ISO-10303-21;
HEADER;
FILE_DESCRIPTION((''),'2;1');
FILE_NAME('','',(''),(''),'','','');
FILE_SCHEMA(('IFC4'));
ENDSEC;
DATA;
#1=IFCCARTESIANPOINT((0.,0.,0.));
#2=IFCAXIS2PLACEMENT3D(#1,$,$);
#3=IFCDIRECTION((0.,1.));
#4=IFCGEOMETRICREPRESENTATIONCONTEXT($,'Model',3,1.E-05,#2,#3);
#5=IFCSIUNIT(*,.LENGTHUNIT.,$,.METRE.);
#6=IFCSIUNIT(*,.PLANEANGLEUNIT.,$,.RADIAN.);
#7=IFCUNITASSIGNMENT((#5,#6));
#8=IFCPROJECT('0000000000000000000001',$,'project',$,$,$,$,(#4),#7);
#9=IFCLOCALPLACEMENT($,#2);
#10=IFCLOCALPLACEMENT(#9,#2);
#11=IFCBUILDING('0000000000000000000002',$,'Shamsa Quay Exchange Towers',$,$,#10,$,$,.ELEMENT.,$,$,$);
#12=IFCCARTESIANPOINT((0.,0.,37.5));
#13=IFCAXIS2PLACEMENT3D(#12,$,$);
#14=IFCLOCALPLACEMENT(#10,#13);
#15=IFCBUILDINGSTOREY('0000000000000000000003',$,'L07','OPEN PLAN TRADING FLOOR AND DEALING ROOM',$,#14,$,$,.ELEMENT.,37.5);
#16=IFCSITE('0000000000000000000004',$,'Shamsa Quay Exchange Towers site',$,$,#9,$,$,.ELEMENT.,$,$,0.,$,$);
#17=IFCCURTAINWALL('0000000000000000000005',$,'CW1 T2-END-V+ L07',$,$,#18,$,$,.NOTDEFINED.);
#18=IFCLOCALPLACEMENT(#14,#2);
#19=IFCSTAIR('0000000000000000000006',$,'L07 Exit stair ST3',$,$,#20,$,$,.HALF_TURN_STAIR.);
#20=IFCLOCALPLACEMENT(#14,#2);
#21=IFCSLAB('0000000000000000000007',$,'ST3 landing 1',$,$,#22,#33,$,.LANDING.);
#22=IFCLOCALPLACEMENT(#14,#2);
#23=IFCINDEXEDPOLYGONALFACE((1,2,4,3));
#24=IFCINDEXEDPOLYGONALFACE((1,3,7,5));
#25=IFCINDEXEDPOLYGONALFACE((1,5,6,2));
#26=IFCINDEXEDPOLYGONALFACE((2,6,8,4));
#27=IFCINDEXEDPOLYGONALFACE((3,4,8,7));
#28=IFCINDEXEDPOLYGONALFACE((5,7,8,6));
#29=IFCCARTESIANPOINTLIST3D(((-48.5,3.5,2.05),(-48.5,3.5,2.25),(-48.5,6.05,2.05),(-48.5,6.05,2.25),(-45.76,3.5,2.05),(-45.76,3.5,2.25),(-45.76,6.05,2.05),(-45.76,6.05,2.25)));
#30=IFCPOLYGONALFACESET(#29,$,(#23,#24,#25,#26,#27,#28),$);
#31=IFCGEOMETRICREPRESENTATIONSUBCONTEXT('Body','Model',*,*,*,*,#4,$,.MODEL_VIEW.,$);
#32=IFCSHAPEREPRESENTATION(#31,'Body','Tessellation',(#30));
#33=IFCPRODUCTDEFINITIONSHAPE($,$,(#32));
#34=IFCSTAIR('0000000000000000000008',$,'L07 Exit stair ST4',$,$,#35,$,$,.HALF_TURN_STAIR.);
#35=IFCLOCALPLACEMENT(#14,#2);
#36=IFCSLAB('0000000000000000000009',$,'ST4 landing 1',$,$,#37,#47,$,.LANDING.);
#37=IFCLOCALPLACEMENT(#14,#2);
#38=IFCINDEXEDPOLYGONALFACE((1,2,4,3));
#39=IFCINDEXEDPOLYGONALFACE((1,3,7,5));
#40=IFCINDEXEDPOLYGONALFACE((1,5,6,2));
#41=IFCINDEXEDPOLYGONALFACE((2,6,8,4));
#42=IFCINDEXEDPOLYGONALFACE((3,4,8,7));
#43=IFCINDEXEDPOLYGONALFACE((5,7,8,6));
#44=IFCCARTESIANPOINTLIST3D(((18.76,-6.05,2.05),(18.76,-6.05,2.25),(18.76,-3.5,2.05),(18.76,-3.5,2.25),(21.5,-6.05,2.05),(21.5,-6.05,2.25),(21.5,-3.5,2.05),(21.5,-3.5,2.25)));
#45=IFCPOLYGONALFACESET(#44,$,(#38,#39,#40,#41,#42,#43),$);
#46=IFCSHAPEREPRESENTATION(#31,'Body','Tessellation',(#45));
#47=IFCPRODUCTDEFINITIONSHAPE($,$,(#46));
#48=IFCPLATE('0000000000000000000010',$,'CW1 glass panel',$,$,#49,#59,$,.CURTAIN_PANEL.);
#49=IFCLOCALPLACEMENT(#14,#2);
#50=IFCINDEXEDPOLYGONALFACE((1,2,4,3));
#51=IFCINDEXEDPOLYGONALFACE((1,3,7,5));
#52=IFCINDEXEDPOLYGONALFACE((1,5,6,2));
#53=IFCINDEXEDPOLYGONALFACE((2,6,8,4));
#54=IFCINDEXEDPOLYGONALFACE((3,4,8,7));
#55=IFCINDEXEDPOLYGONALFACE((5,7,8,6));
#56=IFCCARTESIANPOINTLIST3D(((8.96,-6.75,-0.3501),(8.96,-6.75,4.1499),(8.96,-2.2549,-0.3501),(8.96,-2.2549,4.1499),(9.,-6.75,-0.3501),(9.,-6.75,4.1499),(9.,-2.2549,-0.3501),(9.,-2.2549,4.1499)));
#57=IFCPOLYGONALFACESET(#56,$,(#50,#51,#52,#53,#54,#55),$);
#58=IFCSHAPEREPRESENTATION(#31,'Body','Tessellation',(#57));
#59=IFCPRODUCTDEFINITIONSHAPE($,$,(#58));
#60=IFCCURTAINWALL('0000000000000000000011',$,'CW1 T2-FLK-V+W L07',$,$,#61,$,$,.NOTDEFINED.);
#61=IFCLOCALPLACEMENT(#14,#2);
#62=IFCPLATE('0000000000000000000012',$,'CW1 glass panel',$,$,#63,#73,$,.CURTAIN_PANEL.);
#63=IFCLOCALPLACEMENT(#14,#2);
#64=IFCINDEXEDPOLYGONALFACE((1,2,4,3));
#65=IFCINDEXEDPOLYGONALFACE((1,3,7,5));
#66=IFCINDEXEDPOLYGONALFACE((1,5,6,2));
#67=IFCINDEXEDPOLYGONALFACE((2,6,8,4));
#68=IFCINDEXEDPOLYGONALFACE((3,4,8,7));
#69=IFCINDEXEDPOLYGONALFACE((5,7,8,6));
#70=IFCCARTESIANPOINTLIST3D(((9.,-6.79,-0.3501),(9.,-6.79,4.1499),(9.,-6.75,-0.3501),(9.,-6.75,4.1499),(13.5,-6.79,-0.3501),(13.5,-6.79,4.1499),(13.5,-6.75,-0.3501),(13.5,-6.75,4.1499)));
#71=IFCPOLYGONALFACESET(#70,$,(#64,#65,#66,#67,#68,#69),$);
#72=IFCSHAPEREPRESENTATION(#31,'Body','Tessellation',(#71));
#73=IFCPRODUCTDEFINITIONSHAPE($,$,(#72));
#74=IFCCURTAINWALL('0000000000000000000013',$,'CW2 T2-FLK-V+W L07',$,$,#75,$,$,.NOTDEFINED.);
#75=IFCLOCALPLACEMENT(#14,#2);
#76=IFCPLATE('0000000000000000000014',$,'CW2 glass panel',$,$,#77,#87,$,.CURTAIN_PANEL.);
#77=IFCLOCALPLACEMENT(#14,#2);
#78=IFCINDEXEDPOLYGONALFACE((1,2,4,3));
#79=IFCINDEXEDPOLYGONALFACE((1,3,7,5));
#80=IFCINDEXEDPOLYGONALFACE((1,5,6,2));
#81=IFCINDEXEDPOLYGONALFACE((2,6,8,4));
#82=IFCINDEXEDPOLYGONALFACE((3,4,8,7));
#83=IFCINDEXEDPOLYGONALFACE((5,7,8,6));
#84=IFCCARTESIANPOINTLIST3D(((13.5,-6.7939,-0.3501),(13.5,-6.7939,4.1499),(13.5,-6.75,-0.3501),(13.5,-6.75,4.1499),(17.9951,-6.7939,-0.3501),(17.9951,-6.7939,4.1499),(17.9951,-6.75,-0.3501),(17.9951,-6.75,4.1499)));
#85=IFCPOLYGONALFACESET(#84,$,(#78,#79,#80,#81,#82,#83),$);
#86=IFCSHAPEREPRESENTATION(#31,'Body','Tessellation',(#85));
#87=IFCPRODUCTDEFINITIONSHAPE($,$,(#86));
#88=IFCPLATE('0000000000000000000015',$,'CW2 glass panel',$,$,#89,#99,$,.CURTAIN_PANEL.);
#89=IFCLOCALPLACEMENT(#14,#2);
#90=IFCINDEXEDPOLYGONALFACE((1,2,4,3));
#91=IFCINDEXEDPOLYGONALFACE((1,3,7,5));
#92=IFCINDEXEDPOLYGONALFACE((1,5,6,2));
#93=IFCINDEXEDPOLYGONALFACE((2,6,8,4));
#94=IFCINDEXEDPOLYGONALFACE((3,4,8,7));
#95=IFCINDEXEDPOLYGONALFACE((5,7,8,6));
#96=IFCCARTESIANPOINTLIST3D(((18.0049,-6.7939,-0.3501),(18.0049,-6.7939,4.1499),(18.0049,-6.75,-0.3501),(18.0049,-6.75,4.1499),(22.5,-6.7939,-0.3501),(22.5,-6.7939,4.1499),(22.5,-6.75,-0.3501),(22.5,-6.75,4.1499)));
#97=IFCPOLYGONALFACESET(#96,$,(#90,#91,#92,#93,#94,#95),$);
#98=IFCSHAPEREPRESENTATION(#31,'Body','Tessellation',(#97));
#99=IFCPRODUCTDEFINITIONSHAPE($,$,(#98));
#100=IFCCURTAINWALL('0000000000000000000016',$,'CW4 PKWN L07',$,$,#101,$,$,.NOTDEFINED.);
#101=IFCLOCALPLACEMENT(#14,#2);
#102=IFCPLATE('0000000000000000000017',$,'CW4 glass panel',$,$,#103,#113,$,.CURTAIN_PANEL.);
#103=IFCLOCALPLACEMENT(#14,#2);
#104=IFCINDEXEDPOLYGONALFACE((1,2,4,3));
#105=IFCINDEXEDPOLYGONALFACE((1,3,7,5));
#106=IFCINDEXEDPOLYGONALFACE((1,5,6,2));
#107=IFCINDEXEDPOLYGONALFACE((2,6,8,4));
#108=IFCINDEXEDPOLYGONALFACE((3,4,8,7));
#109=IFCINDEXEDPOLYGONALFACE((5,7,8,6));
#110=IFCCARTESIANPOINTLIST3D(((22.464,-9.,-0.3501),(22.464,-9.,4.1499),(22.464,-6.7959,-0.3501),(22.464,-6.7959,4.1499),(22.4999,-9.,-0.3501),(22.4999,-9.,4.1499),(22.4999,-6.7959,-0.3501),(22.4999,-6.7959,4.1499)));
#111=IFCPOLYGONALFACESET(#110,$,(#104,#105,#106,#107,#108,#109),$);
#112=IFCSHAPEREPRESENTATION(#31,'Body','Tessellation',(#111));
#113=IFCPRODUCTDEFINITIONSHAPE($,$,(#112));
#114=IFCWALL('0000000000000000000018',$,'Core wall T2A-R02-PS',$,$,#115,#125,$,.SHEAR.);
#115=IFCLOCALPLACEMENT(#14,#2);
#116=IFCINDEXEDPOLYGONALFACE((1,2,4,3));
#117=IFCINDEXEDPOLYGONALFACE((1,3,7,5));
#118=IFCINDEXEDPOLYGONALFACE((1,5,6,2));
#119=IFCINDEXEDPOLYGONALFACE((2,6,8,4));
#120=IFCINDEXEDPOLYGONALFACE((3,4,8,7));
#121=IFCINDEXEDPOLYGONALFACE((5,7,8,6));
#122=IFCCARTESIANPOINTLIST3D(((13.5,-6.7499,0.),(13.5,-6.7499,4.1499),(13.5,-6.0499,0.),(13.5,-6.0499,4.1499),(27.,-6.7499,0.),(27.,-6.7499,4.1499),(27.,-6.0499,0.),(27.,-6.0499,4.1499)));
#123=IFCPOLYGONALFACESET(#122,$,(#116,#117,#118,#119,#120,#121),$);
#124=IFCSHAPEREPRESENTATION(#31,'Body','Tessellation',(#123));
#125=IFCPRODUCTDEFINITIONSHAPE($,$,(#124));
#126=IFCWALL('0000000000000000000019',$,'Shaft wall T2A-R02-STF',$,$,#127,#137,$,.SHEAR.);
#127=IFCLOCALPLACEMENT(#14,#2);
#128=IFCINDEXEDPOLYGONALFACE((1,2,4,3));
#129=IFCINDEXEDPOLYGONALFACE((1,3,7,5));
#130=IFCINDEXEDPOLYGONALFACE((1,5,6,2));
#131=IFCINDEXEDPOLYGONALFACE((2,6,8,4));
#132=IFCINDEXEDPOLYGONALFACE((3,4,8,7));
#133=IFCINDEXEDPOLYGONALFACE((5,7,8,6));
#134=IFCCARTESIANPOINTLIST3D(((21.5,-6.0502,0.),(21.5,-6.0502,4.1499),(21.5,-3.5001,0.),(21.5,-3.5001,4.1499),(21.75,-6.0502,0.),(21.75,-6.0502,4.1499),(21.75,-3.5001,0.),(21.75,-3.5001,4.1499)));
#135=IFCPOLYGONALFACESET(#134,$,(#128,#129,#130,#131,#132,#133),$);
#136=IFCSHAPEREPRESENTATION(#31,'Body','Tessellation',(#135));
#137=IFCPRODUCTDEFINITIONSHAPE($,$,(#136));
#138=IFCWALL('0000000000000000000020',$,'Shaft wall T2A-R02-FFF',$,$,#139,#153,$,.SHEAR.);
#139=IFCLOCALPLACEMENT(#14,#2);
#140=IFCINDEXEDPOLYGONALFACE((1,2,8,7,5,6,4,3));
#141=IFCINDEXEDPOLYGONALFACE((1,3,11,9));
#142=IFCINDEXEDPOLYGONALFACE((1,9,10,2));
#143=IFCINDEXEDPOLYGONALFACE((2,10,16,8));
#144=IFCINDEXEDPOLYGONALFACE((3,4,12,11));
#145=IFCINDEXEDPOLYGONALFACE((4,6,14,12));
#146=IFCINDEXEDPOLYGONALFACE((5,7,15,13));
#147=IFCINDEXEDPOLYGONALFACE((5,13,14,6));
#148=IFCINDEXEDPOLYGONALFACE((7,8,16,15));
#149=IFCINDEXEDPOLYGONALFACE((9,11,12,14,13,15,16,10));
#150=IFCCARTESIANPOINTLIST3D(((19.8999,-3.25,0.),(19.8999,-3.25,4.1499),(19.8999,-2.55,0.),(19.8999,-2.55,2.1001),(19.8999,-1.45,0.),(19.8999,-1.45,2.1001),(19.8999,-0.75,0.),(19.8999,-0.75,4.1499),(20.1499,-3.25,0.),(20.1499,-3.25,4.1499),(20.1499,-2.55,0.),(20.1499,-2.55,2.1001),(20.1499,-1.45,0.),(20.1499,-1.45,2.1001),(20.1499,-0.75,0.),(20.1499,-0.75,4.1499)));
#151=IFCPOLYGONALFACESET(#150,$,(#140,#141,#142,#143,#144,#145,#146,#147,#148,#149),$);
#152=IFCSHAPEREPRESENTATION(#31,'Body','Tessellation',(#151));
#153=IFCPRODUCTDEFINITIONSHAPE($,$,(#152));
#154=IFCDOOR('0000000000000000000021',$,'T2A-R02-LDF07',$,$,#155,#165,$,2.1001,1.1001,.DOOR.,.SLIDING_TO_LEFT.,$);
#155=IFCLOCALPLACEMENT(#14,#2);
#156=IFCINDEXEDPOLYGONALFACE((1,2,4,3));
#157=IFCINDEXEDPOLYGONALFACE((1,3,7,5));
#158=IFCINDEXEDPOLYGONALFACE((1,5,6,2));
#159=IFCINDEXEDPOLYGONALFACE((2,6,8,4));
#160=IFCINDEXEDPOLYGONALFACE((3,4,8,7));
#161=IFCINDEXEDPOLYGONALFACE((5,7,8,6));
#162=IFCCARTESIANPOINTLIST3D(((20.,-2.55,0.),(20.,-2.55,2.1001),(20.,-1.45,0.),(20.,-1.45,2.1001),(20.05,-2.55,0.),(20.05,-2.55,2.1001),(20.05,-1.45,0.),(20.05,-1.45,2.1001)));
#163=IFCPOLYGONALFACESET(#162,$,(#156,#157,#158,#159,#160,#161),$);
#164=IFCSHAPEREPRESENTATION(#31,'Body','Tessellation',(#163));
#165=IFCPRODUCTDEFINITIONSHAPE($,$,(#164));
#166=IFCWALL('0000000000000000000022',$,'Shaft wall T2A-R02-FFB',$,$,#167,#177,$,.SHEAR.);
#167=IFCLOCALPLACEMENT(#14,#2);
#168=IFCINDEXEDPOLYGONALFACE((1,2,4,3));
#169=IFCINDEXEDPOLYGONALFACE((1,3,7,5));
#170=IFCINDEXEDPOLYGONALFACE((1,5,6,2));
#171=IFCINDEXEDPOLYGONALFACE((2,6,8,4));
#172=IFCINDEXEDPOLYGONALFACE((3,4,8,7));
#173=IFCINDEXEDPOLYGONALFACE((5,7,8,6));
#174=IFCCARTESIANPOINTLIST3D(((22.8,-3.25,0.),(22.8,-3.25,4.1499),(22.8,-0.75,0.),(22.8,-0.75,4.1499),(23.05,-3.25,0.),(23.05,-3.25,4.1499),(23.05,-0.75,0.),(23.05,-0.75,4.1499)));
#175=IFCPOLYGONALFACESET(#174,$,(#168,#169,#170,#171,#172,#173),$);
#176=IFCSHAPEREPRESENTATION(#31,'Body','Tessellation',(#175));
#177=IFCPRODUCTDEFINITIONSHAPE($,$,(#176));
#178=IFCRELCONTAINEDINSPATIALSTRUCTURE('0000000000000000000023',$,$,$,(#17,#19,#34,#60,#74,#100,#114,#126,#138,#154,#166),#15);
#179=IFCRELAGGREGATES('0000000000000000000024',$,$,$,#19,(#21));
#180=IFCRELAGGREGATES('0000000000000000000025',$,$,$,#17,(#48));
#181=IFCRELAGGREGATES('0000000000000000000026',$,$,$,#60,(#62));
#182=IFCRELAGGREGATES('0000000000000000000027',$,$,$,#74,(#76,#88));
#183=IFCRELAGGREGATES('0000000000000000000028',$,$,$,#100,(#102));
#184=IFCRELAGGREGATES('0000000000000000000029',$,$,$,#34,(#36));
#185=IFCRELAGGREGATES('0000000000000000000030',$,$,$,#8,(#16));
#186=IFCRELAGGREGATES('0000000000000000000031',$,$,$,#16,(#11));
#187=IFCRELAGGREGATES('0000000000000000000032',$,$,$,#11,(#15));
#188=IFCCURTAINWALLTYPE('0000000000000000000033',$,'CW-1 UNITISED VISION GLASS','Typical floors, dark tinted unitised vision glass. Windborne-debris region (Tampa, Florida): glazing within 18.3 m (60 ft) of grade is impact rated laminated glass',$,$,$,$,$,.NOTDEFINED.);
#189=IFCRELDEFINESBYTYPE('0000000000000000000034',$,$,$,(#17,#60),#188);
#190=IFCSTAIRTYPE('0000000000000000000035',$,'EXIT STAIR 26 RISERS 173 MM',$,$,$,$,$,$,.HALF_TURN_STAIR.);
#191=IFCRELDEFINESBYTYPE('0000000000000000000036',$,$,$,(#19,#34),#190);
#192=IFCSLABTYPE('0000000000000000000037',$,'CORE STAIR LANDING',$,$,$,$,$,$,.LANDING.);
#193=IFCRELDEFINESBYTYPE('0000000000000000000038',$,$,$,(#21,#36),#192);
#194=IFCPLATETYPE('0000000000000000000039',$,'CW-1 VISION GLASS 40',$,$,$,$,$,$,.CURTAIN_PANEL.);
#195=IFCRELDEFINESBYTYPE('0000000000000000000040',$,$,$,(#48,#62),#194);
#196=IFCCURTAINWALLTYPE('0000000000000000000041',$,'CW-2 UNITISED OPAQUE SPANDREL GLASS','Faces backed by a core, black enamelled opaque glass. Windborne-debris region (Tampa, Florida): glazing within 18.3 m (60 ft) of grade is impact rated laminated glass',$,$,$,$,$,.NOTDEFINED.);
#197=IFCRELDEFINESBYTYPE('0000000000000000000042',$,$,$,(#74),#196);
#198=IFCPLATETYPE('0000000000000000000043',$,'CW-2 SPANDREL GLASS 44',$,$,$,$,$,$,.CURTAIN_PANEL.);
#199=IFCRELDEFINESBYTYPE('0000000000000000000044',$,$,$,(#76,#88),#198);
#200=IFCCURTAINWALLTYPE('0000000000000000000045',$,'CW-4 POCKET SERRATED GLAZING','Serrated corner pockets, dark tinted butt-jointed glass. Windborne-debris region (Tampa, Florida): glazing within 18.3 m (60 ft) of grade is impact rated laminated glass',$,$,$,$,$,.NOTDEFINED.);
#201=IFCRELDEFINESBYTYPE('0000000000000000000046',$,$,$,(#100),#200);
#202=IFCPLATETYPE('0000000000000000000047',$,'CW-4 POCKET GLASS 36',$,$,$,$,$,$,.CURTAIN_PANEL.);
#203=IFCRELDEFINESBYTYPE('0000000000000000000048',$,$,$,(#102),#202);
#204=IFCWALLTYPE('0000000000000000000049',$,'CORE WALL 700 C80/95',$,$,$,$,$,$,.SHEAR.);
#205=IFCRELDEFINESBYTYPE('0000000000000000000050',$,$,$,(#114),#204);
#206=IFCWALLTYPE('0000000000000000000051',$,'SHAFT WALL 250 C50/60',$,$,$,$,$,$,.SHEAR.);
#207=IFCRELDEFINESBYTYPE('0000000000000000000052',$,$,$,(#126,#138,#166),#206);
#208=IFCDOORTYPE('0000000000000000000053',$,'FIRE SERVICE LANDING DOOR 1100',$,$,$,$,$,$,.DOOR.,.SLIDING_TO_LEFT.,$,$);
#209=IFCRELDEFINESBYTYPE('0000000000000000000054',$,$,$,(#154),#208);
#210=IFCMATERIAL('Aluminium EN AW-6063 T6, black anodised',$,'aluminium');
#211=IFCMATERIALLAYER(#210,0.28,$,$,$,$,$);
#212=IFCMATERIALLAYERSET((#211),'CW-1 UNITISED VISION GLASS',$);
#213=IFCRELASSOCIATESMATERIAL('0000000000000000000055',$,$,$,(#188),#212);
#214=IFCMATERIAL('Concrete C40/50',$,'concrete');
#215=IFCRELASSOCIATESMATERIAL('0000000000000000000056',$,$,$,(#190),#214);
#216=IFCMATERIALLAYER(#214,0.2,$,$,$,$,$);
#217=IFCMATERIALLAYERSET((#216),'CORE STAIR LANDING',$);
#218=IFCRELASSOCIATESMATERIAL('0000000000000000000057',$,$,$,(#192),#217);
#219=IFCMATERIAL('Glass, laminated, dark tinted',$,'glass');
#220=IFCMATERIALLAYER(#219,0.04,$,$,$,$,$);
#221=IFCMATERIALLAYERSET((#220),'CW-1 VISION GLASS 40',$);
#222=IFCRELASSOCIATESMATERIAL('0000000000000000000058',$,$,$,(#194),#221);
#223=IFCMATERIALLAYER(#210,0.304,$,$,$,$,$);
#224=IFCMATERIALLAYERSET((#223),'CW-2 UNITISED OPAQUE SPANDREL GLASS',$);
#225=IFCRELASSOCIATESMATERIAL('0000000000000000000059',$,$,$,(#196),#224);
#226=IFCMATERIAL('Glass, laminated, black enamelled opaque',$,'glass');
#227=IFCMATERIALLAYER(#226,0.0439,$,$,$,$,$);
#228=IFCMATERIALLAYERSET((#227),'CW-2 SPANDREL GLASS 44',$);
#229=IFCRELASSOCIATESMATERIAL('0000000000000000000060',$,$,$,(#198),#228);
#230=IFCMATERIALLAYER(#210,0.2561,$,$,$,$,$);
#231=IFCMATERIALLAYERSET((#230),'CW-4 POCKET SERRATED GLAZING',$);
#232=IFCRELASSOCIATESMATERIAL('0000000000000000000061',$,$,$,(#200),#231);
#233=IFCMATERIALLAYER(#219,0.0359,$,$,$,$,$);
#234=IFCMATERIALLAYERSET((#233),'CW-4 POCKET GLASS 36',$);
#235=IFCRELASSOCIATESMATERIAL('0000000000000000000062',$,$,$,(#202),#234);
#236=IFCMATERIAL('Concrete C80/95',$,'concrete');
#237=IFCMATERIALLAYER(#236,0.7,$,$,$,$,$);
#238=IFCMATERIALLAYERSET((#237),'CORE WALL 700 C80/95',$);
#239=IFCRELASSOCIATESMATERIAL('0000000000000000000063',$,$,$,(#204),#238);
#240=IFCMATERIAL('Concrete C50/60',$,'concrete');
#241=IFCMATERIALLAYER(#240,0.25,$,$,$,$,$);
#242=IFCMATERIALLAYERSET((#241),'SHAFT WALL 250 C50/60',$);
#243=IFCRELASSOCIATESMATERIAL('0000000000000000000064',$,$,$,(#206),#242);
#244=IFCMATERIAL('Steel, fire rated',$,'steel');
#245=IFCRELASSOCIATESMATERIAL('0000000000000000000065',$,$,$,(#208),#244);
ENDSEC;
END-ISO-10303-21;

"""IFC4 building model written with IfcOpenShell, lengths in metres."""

from ifc_helpers import new_model, si_unit, direction, frame, frame_2d, origin, origin_2d, place, context, subcontext, project, spatial, polyline, rectangle, outline, extrude, material, layer, layer_set, type_object, element, fill, aggregate, save


model = new_model("IFC4")

# Units and contexts
model_context = context("Model", 3, precision=1e-05, world=origin(), true_north=direction((0.0, 1.0)))
body_context = subcontext(model_context, "Body", "Model", "MODEL_VIEW")
ifc_project = project(units=[si_unit("LENGTHUNIT", "METRE"), si_unit("PLANEANGLEUNIT", "RADIAN")], contexts=[model_context])

# Site, building, storey
site_placement = place(None, origin())
site = spatial("IfcSite", under=ifc_project, at=site_placement, Name="Shamsa Quay Exchange Towers site", CompositionType="ELEMENT", RefElevation=0.0)
building_placement = place(site_placement, origin())
building = spatial("IfcBuilding", under=site, at=building_placement, Name="Shamsa Quay Exchange Towers", CompositionType="ELEMENT")
storey_placement = place(building_placement, frame((0.0, 0.0, 37.5)))
storey = spatial("IfcBuildingStorey", under=building, at=storey_placement, Name="L07", Description="OPEN PLAN TRADING FLOOR AND DEALING ROOM", CompositionType="ELEMENT", Elevation=37.5)

# Curtain wall
ifc_material_1 = material(Name="Aluminium EN AW-6063 T6, black anodised", Category="aluminium")
ifc_layer_1 = layer(ifc_material_1, 0.28)
ifc_layer_set_1 = layer_set([ifc_layer_1], Name="CW-1 UNITISED VISION GLASS")
curtain_wall_type_1 = type_object("IfcCurtainWallType", Name="CW-1 UNITISED VISION GLASS", Description="Typical floors, dark tinted unitised vision glass. Windborne-debris region (Tampa, Florida): glazing within 18.3 m (60 ft) of grade is impact rated laminated glass", PredefinedType="NOTDEFINED", material=ifc_layer_set_1)
curtain_wall_1_placement = place(storey_placement, origin())
curtain_wall_1 = element("IfcCurtainWall", 1, at=curtain_wall_1_placement, inside=storey, type_object=curtain_wall_type_1, Name="CW1 T2-END-V+ L07", PredefinedType="NOTDEFINED")

# Shared definitions
ifc_material_2 = material(Name="Concrete C50/60", Category="concrete")

# Stairs, slabs
ifc_material_3 = material(Name="Concrete C40/50", Category="concrete")
stair_type = type_object("IfcStairType", Name="EXIT STAIR 26 RISERS 173 MM", PredefinedType="HALF_TURN_STAIR", material=ifc_material_3)
stair_1_placement = place(storey_placement, origin())
stair_1 = element("IfcStair", 2, at=stair_1_placement, inside=storey, type_object=stair_type, Name="L07 Exit stair ST3", PredefinedType="HALF_TURN_STAIR")
ifc_layer_2 = layer(ifc_material_3, 0.2)
ifc_layer_set_2 = layer_set([ifc_layer_2], Name="CORE STAIR LANDING")
slab_type_1 = type_object("IfcSlabType", Name="CORE STAIR LANDING", PredefinedType="LANDING", material=ifc_layer_set_2)
slab_1_placement = place(storey_placement, frame((0.0, 0.0, 2.05)))
slab_1 = element("IfcSlab", 3, at=slab_1_placement, type_object=slab_type_1, Name="ST3 landing 1", PredefinedType="LANDING", context=body_context, shape_type="SweptSolid", body=[
    extrude(outline(polyline([(-45.76, 6.05), (-48.5, 6.05), (-48.5, 3.5), (-45.76, 3.5), (-45.76, 6.05)])), origin(), (0.0, 0.0, 1.0), 0.2),
])
aggregate(stair_1, [slab_1])
stair_2_placement = place(storey_placement, origin())
stair_2 = element("IfcStair", 4, at=stair_2_placement, inside=storey, type_object=stair_type, Name="L07 Exit stair ST4", PredefinedType="HALF_TURN_STAIR")
slab_2_placement = place(storey_placement, frame((0.0, 0.0, 2.05)))
slab_2 = element("IfcSlab", 5, at=slab_2_placement, type_object=slab_type_1, Name="ST4 landing 1", PredefinedType="LANDING", context=body_context, shape_type="SweptSolid", body=[
    extrude(outline(polyline([(18.76, -6.05), (21.5, -6.05), (21.5, -3.5), (18.76, -3.5), (18.76, -6.05)])), origin(), (0.0, 0.0, 1.0), 0.2),
])

# Plate
ifc_material_4 = material(Name="Glass, laminated, dark tinted", Category="glass")
ifc_layer_3 = layer(ifc_material_4, 0.04)
ifc_layer_set_3 = layer_set([ifc_layer_3], Name="CW-1 VISION GLASS 40")
plate_type_1 = type_object("IfcPlateType", Name="CW-1 VISION GLASS 40", PredefinedType="CURTAIN_PANEL", material=ifc_layer_set_3)
plate_1_placement = place(storey_placement, frame((8.98, -4.5024, -0.3501), z_axis=(0.0, 0.0, 1.0), x_axis=(0.0, -1.0, 0.0)))
plate_1 = element("IfcPlate", 6, at=plate_1_placement, type_object=plate_type_1, Name="CW1 glass panel", PredefinedType="CURTAIN_PANEL", context=body_context, shape_type="SweptSolid", body=[
    extrude(rectangle(XDim=4.4951, YDim=0.04, at=origin_2d()), origin(), (0.0, 0.0, 1.0), 4.5),
])
aggregate(curtain_wall_1, [plate_1])

# Curtain wall, plate
curtain_wall_2_placement = place(storey_placement, origin())
curtain_wall_2 = element("IfcCurtainWall", 7, at=curtain_wall_2_placement, inside=storey, type_object=curtain_wall_type_1, Name="CW1 T2-FLK-V+W L07", PredefinedType="NOTDEFINED")
plate_2_placement = place(storey_placement, frame((11.25, -6.77, -0.3501)))
plate_2 = element("IfcPlate", 8, at=plate_2_placement, type_object=plate_type_1, Name="CW1 glass panel", PredefinedType="CURTAIN_PANEL", context=body_context, shape_type="SweptSolid", body=[
    extrude(rectangle(XDim=4.5, YDim=0.04, at=origin_2d()), origin(), (0.0, 0.0, 1.0), 4.5),
])
aggregate(curtain_wall_2, [plate_2])

# Curtain wall, plates
ifc_layer_4 = layer(ifc_material_1, 0.304)
ifc_layer_set_4 = layer_set([ifc_layer_4], Name="CW-2 UNITISED OPAQUE SPANDREL GLASS")
curtain_wall_type_2 = type_object("IfcCurtainWallType", Name="CW-2 UNITISED OPAQUE SPANDREL GLASS", Description="Faces backed by a core, black enamelled opaque glass. Windborne-debris region (Tampa, Florida): glazing within 18.3 m (60 ft) of grade is impact rated laminated glass", PredefinedType="NOTDEFINED", material=ifc_layer_set_4)
curtain_wall_3_placement = place(storey_placement, origin())
curtain_wall_3 = element("IfcCurtainWall", 9, at=curtain_wall_3_placement, inside=storey, type_object=curtain_wall_type_2, Name="CW2 T2-FLK-V+W L07", PredefinedType="NOTDEFINED")
ifc_material_5 = material(Name="Glass, laminated, black enamelled opaque", Category="glass")
ifc_layer_5 = layer(ifc_material_5, 0.0439)
ifc_layer_set_5 = layer_set([ifc_layer_5], Name="CW-2 SPANDREL GLASS 44")
plate_type_2 = type_object("IfcPlateType", Name="CW-2 SPANDREL GLASS 44", PredefinedType="CURTAIN_PANEL", material=ifc_layer_set_5)
plate_3_placement = place(storey_placement, frame((15.7476, -6.772, -0.3501)))
plate_3 = element("IfcPlate", 10, at=plate_3_placement, type_object=plate_type_2, Name="CW2 glass panel", PredefinedType="CURTAIN_PANEL", context=body_context, shape_type="SweptSolid", body=[
    extrude(rectangle(XDim=4.4951, YDim=0.0439, at=origin_2d()), origin(), (0.0, 0.0, 1.0), 4.5),
])
plate_4_placement = place(storey_placement, frame((20.2524, -6.772, -0.3501)))
plate_4 = element("IfcPlate", 11, at=plate_4_placement, type_object=plate_type_2, Name="CW2 glass panel", PredefinedType="CURTAIN_PANEL", context=body_context, shape_type="SweptSolid", body=[
    extrude(rectangle(XDim=4.4951, YDim=0.0439, at=origin_2d()), origin(), (0.0, 0.0, 1.0), 4.5),
])
aggregate(curtain_wall_3, [plate_3, plate_4])

# Curtain wall, plate
ifc_layer_6 = layer(ifc_material_1, 0.2561)
ifc_layer_set_6 = layer_set([ifc_layer_6], Name="CW-4 POCKET SERRATED GLAZING")
curtain_wall_type_3 = type_object("IfcCurtainWallType", Name="CW-4 POCKET SERRATED GLAZING", Description="Serrated corner pockets, dark tinted butt-jointed glass. Windborne-debris region (Tampa, Florida): glazing within 18.3 m (60 ft) of grade is impact rated laminated glass", PredefinedType="NOTDEFINED", material=ifc_layer_set_6)
curtain_wall_4_placement = place(storey_placement, origin())
curtain_wall_4 = element("IfcCurtainWall", 12, at=curtain_wall_4_placement, inside=storey, type_object=curtain_wall_type_3, Name="CW4 PKWN L07", PredefinedType="NOTDEFINED")
ifc_layer_7 = layer(ifc_material_4, 0.0359)
ifc_layer_set_7 = layer_set([ifc_layer_7], Name="CW-4 POCKET GLASS 36")
plate_type_3 = type_object("IfcPlateType", Name="CW-4 POCKET GLASS 36", PredefinedType="CURTAIN_PANEL", material=ifc_layer_set_7)
plate_5_placement = place(storey_placement, frame((22.4819, -7.8979, -0.3501), z_axis=(0.0, 0.0, 1.0), x_axis=(0.0, -1.0, 0.0)))
plate_5 = element("IfcPlate", 13, at=plate_5_placement, type_object=plate_type_3, Name="CW4 glass panel", PredefinedType="CURTAIN_PANEL", context=body_context, shape_type="SweptSolid", body=[
    extrude(rectangle(XDim=2.2041, YDim=0.0359, at=origin_2d()), origin(), (0.0, 0.0, 1.0), 4.5),
])
aggregate(curtain_wall_4, [plate_5])

# Walls
ifc_material_6 = material(Name="Concrete C80/95", Category="concrete")
ifc_layer_8 = layer(ifc_material_6, 0.7)
ifc_layer_set_8 = layer_set([ifc_layer_8], Name="CORE WALL 700 C80/95")
wall_type_1 = type_object("IfcWallType", Name="CORE WALL 700 C80/95", PredefinedType="SHEAR", material=ifc_layer_set_8)
wall_1_placement = place(storey_placement, frame((13.5, -6.3999, 0.0)))
element("IfcWall", 14, at=wall_1_placement, inside=storey, type_object=wall_type_1, Name="Core wall T2A-R02-PS", PredefinedType="SHEAR", context=body_context, shape_type="SweptSolid", body=[
    extrude(rectangle(XDim=13.5, YDim=0.7, at=frame_2d((6.75, 0.0))), origin(), (0.0, 0.0, 1.0), 4.1499),
])
ifc_layer_9 = layer(ifc_material_2, 0.25)
ifc_layer_set_9 = layer_set([ifc_layer_9], Name="SHAFT WALL 250 C50/60")
wall_type_2 = type_object("IfcWallType", Name="SHAFT WALL 250 C50/60", PredefinedType="SHEAR", material=ifc_layer_set_9)
wall_2_placement = place(storey_placement, frame((21.625, -6.05, 0.0), z_axis=(0.0, 0.0, 1.0), x_axis=(0.0, 1.0, 0.0)))
element("IfcWall", 15, at=wall_2_placement, inside=storey, type_object=wall_type_2, Name="Shaft wall T2A-R02-STF", PredefinedType="SHEAR", context=body_context, shape_type="SweptSolid", body=[
    extrude(rectangle(XDim=2.55, YDim=0.25, at=frame_2d((1.2749, 0.0))), origin(), (0.0, 0.0, 1.0), 4.1499),
])

# Wall, opening, door
wall_3_placement = place(storey_placement, frame((20.0249, -3.25, 0.0), z_axis=(0.0, 0.0, 1.0), x_axis=(0.0, 1.0, 0.0)))
wall_3 = element("IfcWall", 16, at=wall_3_placement, inside=storey, type_object=wall_type_2, Name="Shaft wall T2A-R02-FFF", PredefinedType="SHEAR", context=body_context, shape_type="SweptSolid", body=[
    extrude(rectangle(XDim=2.5, YDim=0.25, at=frame_2d((1.25, 0.0))), origin(), (0.0, 0.0, 1.0), 4.1499),
])
opening_placement = place(wall_3_placement, frame((0.7, 0.0, 0.0)))
opening = element("IfcOpeningElement", 17, at=opening_placement, cuts=wall_3, PredefinedType="OPENING", context=body_context, shape_type="SweptSolid", body=[
    extrude(rectangle(XDim=1.1001, YDim=2.1001, at=frame_2d((0.55, 1.05))), frame((0.0, 0.135, 0.0), z_axis=(0.0, -1.0, 0.0), x_axis=(1.0, 0.0, 0.0)), (0.0, 0.0, 1.0), 0.27),
])
ifc_material_7 = material(Name="Steel, fire rated", Category="steel")
door_type = type_object("IfcDoorType", Name="FIRE SERVICE LANDING DOOR 1100", OperationType="SLIDING_TO_LEFT", PredefinedType="DOOR", material=ifc_material_7)
door_placement = place(opening_placement, origin())
door = element("IfcDoor", 18, at=door_placement, inside=storey, type_object=door_type, Name="T2A-R02-LDF07", OperationType="SLIDING_TO_LEFT", OverallHeight=2.1001, OverallWidth=1.1001, PredefinedType="DOOR", context=body_context, shape_type="SweptSolid", body=[
    extrude(rectangle(XDim=1.1001, YDim=2.1001, at=frame_2d((0.55, 1.05))), frame((0.0, 0.0249, 0.0), z_axis=(0.0, -1.0, 0.0), x_axis=(1.0, 0.0, 0.0)), (0.0, 0.0, 1.0), 0.05),
])
fill(opening, door)

# Wall
wall_4_placement = place(storey_placement, frame((22.925, -3.25, 0.0), z_axis=(0.0, 0.0, 1.0), x_axis=(0.0, 1.0, 0.0)))
element("IfcWall", 19, at=wall_4_placement, inside=storey, type_object=wall_type_2, Name="Shaft wall T2A-R02-FFB", PredefinedType="SHEAR", context=body_context, shape_type="SweptSolid", body=[
    extrude(rectangle(XDim=2.5, YDim=0.25, at=frame_2d((1.25, 0.0))), origin(), (0.0, 0.0, 1.0), 4.1499),
])

aggregate(stair_2, [slab_2])

save(model, "model.ifc")
